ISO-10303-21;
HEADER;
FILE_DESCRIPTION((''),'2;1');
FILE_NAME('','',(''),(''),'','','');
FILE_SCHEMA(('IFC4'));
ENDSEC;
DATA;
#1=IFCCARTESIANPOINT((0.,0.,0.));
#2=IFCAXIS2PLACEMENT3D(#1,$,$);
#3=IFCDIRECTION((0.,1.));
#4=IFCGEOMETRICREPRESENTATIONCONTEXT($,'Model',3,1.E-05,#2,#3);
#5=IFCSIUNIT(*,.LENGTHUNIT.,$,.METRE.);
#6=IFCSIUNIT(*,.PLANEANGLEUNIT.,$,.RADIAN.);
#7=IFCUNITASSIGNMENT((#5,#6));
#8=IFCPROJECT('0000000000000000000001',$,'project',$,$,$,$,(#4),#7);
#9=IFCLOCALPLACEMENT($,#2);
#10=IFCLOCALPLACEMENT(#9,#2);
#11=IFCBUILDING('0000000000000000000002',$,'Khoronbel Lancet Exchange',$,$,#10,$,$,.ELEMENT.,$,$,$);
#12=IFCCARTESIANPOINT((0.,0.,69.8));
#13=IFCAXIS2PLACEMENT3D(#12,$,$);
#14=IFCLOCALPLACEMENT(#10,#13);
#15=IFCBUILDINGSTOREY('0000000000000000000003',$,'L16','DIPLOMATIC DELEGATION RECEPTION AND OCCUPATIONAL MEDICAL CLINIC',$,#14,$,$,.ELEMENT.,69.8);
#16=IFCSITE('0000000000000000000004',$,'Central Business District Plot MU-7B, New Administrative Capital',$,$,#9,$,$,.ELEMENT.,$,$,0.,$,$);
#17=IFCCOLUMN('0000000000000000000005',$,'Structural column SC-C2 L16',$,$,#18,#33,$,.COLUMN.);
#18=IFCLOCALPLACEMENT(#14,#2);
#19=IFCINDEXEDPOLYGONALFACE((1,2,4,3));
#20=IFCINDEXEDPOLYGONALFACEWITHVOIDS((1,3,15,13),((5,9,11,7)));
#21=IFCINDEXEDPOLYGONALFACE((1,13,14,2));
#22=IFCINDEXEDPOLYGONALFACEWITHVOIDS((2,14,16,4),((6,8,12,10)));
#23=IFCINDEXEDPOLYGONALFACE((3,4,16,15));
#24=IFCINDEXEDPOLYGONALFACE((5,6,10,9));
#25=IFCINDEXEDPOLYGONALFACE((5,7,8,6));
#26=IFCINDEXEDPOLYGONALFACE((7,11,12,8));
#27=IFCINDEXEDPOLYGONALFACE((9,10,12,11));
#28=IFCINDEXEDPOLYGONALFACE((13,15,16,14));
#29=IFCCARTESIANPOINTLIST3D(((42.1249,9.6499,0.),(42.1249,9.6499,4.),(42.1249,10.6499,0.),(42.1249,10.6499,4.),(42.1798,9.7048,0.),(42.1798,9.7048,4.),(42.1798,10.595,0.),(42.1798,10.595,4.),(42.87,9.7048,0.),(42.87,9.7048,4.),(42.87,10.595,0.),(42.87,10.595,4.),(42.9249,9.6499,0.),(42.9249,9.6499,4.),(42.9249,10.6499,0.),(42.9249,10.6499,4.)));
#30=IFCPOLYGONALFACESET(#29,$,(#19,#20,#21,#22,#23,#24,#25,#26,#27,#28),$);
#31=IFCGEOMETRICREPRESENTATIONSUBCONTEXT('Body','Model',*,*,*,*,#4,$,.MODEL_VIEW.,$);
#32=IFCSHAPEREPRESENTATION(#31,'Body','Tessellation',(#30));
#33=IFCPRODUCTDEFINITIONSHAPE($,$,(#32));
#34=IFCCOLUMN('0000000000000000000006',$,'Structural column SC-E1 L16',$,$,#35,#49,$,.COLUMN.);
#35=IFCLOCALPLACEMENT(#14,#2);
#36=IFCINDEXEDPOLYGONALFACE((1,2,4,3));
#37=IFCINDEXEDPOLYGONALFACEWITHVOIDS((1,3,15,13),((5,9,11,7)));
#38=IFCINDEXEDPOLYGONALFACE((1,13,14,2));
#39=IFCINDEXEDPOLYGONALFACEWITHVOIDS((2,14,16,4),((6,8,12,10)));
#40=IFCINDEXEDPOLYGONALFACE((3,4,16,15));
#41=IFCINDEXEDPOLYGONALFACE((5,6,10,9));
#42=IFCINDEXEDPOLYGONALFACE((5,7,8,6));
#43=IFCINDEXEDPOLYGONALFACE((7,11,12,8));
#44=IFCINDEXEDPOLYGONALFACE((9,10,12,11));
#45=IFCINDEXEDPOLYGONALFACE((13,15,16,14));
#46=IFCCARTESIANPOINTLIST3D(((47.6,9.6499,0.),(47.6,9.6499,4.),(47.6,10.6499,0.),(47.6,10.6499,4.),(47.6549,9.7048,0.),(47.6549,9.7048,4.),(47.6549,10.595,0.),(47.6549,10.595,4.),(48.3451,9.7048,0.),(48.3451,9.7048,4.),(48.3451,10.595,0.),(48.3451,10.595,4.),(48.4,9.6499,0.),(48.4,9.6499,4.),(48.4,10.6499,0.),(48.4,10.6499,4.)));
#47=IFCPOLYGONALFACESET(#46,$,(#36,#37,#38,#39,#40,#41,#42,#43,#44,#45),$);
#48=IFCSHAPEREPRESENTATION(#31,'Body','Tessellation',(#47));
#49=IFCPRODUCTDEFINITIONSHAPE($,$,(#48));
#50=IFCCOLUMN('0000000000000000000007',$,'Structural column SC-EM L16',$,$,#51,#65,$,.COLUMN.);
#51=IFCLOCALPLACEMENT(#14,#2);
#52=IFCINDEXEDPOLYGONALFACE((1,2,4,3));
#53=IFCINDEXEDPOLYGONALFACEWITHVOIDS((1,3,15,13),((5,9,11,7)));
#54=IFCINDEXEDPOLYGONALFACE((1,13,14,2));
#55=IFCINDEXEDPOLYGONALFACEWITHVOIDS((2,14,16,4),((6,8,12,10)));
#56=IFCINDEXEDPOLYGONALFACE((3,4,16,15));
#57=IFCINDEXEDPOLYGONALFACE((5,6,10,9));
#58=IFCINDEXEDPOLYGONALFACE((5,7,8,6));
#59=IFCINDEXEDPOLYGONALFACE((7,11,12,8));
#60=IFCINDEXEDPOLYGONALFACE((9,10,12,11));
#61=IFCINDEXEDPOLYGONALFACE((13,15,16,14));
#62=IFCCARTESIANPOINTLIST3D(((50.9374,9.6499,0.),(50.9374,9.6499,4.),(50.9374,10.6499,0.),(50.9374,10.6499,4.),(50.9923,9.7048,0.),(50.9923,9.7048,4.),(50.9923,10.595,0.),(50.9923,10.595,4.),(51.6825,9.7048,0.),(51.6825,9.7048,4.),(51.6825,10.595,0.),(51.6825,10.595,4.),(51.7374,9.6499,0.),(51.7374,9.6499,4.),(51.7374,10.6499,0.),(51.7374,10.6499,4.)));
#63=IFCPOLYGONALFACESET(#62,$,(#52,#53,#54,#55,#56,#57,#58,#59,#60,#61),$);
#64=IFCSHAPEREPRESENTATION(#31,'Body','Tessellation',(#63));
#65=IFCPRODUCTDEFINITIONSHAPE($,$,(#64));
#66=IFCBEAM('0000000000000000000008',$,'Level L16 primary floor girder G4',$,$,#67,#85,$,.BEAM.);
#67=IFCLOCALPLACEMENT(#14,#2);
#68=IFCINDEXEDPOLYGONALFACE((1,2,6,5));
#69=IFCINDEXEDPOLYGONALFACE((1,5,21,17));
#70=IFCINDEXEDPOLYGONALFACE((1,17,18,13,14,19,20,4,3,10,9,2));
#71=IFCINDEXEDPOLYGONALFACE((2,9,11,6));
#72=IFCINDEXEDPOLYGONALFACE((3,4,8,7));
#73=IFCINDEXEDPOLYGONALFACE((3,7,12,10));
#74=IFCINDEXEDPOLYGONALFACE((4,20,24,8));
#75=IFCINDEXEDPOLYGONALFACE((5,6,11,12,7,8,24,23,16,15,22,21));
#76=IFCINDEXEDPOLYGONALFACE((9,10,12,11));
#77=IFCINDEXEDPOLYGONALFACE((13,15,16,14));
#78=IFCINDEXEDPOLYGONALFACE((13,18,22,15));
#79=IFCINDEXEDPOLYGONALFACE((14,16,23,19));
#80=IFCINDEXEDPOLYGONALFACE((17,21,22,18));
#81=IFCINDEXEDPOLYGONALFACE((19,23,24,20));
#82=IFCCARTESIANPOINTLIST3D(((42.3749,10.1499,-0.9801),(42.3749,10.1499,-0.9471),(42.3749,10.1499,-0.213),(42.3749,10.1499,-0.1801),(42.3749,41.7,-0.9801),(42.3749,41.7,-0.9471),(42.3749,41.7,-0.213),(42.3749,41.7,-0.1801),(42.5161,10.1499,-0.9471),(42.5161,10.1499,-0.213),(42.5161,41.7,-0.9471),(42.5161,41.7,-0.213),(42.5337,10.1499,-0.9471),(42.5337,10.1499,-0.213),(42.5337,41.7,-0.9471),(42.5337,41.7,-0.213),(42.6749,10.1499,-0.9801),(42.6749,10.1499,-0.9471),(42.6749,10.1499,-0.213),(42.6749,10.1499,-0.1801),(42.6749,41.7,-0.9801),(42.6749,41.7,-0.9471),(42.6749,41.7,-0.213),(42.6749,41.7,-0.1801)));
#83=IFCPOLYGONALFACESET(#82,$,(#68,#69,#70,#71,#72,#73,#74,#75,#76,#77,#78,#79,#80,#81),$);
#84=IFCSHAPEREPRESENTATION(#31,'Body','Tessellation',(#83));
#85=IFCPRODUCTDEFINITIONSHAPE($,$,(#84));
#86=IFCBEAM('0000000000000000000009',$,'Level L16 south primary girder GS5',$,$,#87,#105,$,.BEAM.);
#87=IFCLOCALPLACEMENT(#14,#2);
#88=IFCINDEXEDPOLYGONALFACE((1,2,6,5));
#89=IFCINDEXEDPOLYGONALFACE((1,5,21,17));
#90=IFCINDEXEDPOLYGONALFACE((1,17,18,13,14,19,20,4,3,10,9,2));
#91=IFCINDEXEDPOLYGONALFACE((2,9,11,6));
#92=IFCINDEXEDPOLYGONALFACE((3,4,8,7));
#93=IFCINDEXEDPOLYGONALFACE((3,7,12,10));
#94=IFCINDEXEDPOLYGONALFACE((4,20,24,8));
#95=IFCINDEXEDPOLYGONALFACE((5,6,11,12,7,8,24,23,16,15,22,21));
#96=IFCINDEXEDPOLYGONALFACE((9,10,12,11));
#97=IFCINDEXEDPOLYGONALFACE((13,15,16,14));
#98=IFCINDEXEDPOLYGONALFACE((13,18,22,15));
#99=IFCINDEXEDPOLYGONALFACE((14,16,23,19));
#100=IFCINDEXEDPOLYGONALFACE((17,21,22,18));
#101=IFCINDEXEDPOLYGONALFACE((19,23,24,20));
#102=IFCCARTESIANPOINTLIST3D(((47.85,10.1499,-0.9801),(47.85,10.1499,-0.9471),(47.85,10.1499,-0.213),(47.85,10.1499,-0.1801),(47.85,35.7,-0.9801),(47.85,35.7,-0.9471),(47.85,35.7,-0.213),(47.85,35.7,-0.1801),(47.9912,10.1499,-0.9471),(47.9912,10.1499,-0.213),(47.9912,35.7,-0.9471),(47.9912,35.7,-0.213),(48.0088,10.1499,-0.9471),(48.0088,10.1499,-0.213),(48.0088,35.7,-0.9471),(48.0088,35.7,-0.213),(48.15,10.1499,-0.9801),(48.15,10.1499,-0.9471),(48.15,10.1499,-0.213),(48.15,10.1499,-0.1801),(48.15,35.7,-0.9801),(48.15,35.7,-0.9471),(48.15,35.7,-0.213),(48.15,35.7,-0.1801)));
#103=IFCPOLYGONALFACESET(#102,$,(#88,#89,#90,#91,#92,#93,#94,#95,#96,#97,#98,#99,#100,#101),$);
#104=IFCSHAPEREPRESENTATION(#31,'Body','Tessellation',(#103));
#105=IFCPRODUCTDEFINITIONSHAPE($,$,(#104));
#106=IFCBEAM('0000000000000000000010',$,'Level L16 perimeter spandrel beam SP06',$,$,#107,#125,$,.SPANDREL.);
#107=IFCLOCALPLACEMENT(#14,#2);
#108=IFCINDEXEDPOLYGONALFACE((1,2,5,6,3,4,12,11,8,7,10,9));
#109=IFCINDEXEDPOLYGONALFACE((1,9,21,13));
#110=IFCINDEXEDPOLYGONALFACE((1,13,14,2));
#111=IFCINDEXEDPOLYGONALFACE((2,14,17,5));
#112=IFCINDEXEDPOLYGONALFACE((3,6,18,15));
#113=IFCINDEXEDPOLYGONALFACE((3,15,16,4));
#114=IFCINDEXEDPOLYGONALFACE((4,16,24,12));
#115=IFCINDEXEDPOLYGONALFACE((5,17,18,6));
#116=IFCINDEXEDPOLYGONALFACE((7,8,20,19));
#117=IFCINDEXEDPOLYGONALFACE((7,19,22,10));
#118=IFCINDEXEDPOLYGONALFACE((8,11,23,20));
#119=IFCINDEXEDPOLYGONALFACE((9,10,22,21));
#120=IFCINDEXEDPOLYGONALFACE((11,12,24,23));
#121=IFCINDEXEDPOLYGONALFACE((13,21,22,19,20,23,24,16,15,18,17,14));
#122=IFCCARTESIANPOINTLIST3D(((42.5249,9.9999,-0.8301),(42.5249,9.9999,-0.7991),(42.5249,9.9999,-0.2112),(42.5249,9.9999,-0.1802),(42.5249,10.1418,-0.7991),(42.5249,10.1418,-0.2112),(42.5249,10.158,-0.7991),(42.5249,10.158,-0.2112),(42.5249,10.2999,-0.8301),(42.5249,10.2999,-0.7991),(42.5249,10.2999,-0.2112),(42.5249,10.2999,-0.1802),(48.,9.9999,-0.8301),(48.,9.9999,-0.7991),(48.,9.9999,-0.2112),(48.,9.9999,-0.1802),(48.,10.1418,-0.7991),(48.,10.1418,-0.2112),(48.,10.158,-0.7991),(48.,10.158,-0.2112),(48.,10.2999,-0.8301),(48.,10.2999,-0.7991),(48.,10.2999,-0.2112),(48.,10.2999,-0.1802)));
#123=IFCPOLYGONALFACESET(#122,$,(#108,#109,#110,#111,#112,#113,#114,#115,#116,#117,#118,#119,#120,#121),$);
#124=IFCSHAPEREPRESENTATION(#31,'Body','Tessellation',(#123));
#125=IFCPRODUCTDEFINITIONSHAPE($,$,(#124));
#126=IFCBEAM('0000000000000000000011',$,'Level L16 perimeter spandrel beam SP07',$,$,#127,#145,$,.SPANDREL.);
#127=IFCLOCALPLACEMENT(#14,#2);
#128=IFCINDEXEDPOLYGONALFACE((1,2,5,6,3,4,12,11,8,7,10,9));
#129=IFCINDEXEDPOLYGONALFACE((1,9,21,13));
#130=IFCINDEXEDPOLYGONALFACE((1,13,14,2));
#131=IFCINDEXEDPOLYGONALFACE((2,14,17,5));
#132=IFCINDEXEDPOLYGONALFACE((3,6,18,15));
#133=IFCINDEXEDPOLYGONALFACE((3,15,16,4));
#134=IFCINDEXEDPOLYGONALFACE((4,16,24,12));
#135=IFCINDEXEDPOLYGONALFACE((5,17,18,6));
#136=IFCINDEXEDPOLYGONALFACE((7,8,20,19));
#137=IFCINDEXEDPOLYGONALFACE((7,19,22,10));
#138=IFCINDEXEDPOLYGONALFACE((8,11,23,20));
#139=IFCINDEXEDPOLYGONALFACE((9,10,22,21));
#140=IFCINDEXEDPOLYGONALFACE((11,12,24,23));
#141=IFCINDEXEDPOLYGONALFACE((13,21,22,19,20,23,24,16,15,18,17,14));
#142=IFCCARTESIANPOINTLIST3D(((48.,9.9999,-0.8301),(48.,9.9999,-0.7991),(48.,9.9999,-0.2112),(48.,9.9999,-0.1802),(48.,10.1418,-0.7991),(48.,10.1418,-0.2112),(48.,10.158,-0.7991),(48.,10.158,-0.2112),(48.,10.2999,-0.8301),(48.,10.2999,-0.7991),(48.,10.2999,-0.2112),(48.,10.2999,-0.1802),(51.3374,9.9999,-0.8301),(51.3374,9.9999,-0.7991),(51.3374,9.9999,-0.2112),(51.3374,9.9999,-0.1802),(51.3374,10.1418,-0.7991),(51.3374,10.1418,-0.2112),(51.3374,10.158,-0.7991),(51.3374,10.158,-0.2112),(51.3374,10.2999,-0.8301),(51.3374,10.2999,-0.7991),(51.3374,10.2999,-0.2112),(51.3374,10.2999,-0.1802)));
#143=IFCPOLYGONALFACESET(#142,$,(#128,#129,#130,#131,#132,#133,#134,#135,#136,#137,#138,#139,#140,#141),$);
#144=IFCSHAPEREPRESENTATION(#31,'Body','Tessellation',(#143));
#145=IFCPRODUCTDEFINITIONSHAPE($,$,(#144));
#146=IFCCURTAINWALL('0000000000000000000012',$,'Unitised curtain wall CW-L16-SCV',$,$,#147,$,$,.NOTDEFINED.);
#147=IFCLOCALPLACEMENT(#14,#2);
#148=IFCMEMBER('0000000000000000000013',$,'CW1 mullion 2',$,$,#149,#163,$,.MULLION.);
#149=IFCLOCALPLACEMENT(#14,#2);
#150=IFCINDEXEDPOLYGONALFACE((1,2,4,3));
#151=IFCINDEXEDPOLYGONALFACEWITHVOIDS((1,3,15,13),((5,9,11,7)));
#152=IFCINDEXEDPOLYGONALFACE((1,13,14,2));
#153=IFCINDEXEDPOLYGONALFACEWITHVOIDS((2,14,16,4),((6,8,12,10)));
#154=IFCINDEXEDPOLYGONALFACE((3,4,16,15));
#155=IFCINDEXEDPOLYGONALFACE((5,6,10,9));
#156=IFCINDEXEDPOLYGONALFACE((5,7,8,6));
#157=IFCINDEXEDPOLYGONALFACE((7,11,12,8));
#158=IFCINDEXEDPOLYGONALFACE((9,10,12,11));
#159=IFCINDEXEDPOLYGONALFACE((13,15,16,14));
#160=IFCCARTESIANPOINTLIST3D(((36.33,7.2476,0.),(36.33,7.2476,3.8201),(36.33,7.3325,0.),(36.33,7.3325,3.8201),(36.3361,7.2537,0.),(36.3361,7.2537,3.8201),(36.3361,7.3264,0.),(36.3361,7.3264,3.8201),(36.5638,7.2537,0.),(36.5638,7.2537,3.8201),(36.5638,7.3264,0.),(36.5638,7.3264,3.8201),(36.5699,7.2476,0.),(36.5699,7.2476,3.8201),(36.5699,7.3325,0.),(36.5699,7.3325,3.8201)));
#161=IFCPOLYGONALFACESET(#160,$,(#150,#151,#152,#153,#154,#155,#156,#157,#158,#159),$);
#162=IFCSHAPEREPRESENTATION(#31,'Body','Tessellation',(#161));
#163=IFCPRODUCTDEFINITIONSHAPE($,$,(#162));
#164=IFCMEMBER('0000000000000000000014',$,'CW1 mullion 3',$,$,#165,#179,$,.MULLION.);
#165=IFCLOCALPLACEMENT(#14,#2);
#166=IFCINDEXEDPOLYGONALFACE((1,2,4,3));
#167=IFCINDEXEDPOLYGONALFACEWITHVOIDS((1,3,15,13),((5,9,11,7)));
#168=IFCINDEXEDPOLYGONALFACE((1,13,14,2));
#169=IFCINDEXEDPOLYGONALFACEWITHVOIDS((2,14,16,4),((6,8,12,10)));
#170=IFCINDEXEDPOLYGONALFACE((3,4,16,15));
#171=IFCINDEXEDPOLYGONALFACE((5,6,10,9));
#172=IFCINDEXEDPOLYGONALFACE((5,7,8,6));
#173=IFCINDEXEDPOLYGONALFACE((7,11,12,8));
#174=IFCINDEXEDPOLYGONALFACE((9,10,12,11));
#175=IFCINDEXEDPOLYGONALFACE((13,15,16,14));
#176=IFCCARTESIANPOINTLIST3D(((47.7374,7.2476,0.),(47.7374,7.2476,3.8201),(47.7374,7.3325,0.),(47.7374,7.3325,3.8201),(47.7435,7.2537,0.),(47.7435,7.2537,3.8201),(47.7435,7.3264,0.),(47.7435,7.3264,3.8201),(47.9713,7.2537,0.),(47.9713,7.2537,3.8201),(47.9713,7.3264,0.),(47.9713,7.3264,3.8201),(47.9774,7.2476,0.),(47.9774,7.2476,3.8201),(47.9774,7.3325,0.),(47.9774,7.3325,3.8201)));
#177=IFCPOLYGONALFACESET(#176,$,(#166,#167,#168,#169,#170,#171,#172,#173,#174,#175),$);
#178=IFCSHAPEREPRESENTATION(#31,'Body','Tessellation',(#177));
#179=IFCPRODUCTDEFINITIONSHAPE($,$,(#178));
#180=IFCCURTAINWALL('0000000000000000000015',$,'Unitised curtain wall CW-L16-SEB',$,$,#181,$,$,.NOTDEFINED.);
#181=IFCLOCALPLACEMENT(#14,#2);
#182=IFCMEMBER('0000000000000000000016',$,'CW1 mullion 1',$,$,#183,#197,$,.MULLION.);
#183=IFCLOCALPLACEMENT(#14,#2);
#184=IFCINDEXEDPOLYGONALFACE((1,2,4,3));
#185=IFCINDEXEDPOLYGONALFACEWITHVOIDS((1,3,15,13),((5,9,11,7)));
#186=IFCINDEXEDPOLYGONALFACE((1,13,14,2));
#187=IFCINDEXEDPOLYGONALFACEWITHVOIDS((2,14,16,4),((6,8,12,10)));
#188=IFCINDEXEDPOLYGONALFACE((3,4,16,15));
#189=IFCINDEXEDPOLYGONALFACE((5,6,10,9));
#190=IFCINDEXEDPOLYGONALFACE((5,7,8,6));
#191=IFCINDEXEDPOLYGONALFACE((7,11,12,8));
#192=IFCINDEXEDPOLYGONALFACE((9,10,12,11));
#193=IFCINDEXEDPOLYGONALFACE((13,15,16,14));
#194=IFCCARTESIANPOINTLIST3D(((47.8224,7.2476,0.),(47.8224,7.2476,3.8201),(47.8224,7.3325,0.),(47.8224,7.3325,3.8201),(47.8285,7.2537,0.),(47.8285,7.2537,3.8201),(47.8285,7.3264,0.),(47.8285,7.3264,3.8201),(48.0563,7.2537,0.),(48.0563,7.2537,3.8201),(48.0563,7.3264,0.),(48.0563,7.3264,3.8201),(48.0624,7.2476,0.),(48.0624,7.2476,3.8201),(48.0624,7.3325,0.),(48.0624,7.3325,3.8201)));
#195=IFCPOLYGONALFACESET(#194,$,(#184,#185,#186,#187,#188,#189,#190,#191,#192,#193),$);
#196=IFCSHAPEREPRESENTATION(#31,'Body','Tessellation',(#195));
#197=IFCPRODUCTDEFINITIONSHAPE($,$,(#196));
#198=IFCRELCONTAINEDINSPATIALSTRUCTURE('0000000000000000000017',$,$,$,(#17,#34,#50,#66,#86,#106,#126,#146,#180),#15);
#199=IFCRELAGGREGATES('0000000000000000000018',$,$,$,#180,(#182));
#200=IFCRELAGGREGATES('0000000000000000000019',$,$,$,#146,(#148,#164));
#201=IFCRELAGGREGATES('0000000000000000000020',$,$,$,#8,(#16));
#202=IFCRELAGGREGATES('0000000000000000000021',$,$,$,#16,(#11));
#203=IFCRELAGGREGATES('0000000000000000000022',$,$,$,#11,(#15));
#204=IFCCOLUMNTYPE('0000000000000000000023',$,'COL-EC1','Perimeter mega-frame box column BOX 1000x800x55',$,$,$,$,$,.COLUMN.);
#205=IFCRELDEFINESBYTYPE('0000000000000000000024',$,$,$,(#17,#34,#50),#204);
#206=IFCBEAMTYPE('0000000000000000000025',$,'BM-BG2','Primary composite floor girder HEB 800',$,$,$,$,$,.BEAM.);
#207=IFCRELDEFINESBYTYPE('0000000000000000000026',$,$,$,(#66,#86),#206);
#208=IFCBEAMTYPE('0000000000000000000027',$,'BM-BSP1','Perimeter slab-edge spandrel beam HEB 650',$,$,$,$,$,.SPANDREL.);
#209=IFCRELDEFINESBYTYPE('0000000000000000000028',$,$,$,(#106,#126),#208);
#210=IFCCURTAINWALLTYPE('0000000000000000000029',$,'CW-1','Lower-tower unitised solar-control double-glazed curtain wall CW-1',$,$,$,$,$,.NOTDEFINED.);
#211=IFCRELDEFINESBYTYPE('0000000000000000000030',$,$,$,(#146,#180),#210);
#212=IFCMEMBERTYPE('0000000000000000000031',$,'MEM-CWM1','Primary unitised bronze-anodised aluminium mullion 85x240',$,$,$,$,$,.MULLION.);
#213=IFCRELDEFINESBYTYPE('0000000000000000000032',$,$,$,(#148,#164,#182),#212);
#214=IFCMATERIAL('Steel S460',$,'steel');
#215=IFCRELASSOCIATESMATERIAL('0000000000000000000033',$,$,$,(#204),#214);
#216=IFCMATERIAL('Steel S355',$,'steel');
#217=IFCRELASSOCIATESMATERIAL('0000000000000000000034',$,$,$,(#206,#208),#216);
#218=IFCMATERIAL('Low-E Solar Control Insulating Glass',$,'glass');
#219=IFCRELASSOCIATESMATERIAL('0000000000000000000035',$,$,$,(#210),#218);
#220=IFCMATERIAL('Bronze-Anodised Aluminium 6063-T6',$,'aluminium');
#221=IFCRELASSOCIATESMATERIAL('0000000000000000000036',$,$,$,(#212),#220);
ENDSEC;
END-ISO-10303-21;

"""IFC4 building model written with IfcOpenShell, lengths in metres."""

from ifc_helpers import new_model, si_unit, direction, frame, origin, origin_2d, place, context, subcontext, project, spatial, hollow_rectangle, i_section, extrude, material, material_profile, profile_set, type_object, element, aggregate, save


model = new_model("IFC4")

# Units and contexts
model_context = context("Model", 3, precision=1e-05, world=origin(), true_north=direction((0.0, 1.0)))
body_context = subcontext(model_context, "Body", "Model", "MODEL_VIEW")
ifc_project = project(units=[si_unit("LENGTHUNIT", "METRE"), si_unit("PLANEANGLEUNIT", "RADIAN")], contexts=[model_context])

# Site, building, storey
site_placement = place(None, origin())
site = spatial("IfcSite", under=ifc_project, at=site_placement, Name="Central Business District Plot MU-7B, New Administrative Capital", CompositionType="ELEMENT", RefElevation=0.0)
building_placement = place(site_placement, origin())
building = spatial("IfcBuilding", under=site, at=building_placement, Name="Khoronbel Lancet Exchange", CompositionType="ELEMENT")
storey_placement = place(building_placement, frame((0.0, 0.0, 69.8)))
storey = spatial("IfcBuildingStorey", under=building, at=storey_placement, Name="L16", Description="DIPLOMATIC DELEGATION RECEPTION AND OCCUPATIONAL MEDICAL CLINIC", CompositionType="ELEMENT", Elevation=69.8)

# Columns
ifc_material_1 = material(Name="Steel S460", Category="steel")
ifc_material_profile_1 = material_profile(ifc_material_1, hollow_rectangle(XDim=0.8, YDim=1.0, WallThickness=0.0549, at=origin_2d()), Name="BOX 1000x800x55")
ifc_profile_set_1 = profile_set([ifc_material_profile_1], Name="Steel S460")
column_type = type_object("IfcColumnType", Name="COL-EC1", Description="Perimeter mega-frame box column BOX 1000x800x55", PredefinedType="COLUMN", material=ifc_profile_set_1)
for number, where, z_axis, x_axis, name in (
    (1, (42.5249, 10.1499, 0.0), (0.0, 0.0, 1.0), (1.0, 0.0, 0.0), "Structural column SC-C2 L16"),
    (2, (48.0, 10.1499, 0.0), (0.0, 0.0, 1.0), (1.0, 0.0, 0.0), "Structural column SC-E1 L16"),
    (3, (51.3374, 10.1499, 0.0), (0.0, 0.0, 1.0), (1.0, 0.0, 0.0), "Structural column SC-EM L16"),
):
    element("IfcColumn", number, at=place(storey_placement, frame(where, z_axis=z_axis, x_axis=x_axis)), inside=storey, type_object=column_type, Name=name, PredefinedType="COLUMN", context=body_context, shape_type="SweptSolid", body=[
        extrude(hollow_rectangle(XDim=0.8, YDim=1.0, WallThickness=0.0549, at=origin_2d()), origin(), (0.0, 0.0, 1.0), 4.0),
    ])

# Beams
ifc_material_2 = material(Name="Steel S355", Category="steel")
ifc_material_profile_2 = material_profile(ifc_material_2, i_section(OverallWidth=0.3, OverallDepth=0.8, WebThickness=0.0176, FlangeThickness=0.033, at=origin_2d()), Name="HEB 800")
ifc_profile_set_2 = profile_set([ifc_material_profile_2], Name="Steel S355")
beam_type_1 = type_object("IfcBeamType", Name="BM-BG2", Description="Primary composite floor girder HEB 800", PredefinedType="BEAM", material=ifc_profile_set_2)
beam_1_placement = place(storey_placement, frame((42.5249, 10.1499, -0.5801), z_axis=(0.0, 1.0, 0.0), x_axis=(-1.0, 0.0, 0.0)))
element("IfcBeam", 4, at=beam_1_placement, inside=storey, type_object=beam_type_1, Name="Level L16 primary floor girder G4", PredefinedType="BEAM", context=body_context, shape_type="SweptSolid", body=[
    extrude(i_section(OverallWidth=0.3, OverallDepth=0.8, WebThickness=0.0176, FlangeThickness=0.033, at=origin_2d()), origin(), (0.0, 0.0, 1.0), 31.55),
])
beam_2_placement = place(storey_placement, frame((48.0, 10.1499, -0.5801), z_axis=(0.0, 1.0, 0.0), x_axis=(-1.0, 0.0, 0.0)))
element("IfcBeam", 5, at=beam_2_placement, inside=storey, type_object=beam_type_1, Name="Level L16 south primary girder GS5", PredefinedType="BEAM", context=body_context, shape_type="SweptSolid", body=[
    extrude(i_section(OverallWidth=0.3, OverallDepth=0.8, WebThickness=0.0176, FlangeThickness=0.033, at=origin_2d()), origin(), (0.0, 0.0, 1.0), 25.55),
])
ifc_material_profile_3 = material_profile(ifc_material_2, i_section(OverallWidth=0.3, OverallDepth=0.6499, WebThickness=0.0161, FlangeThickness=0.031, at=origin_2d()), Name="HEB 650")
ifc_profile_set_3 = profile_set([ifc_material_profile_3], Name="Steel S355")
beam_type_2 = type_object("IfcBeamType", Name="BM-BSP1", Description="Perimeter slab-edge spandrel beam HEB 650", PredefinedType="SPANDREL", material=ifc_profile_set_3)
beam_3_placement = place(storey_placement, frame((42.5249, 10.1499, -0.5051), z_axis=(1.0, 0.0, 0.0), x_axis=(0.0, 1.0, 0.0)))
element("IfcBeam", 6, at=beam_3_placement, inside=storey, type_object=beam_type_2, Name="Level L16 perimeter spandrel beam SP06", PredefinedType="SPANDREL", context=body_context, shape_type="SweptSolid", body=[
    extrude(i_section(OverallWidth=0.3, OverallDepth=0.6499, WebThickness=0.0161, FlangeThickness=0.031, at=origin_2d()), origin(), (0.0, 0.0, 1.0), 5.4751),
])
beam_4_placement = place(storey_placement, frame((48.0, 10.1499, -0.5051), z_axis=(1.0, 0.0, 0.0), x_axis=(0.0, 1.0, 0.0)))
element("IfcBeam", 7, at=beam_4_placement, inside=storey, type_object=beam_type_2, Name="Level L16 perimeter spandrel beam SP07", PredefinedType="SPANDREL", context=body_context, shape_type="SweptSolid", body=[
    extrude(i_section(OverallWidth=0.3, OverallDepth=0.6499, WebThickness=0.0161, FlangeThickness=0.031, at=origin_2d()), origin(), (0.0, 0.0, 1.0), 3.3374),
])

# Curtain walls, members
ifc_material_3 = material(Name="Low-E Solar Control Insulating Glass", Category="glass")
curtain_wall_type = type_object("IfcCurtainWallType", Name="CW-1", Description="Lower-tower unitised solar-control double-glazed curtain wall CW-1", PredefinedType="NOTDEFINED", material=ifc_material_3)
curtain_wall_1_placement = place(storey_placement, origin())
curtain_wall_1 = element("IfcCurtainWall", 8, at=curtain_wall_1_placement, inside=storey, type_object=curtain_wall_type, Name="Unitised curtain wall CW-L16-SCV", PredefinedType="NOTDEFINED")
ifc_material_4 = material(Name="Bronze-Anodised Aluminium 6063-T6", Category="aluminium")
ifc_material_profile_4 = material_profile(ifc_material_4, hollow_rectangle(XDim=0.085, YDim=0.24, WallThickness=0.0061, at=origin_2d()), Name="ALU MULLION 85x240")
ifc_profile_set_4 = profile_set([ifc_material_profile_4], Name="Bronze-Anodised Aluminium 6063-T6")
member_type_1 = type_object("IfcMemberType", Name="MEM-CWM1", Description="Primary unitised bronze-anodised aluminium mullion 85x240", PredefinedType="MULLION", material=ifc_profile_set_4)
member_1_placement = place(storey_placement, frame((36.45, 7.29, 0.0), z_axis=(0.0, 0.0, 1.0), x_axis=(0.0, 1.0, 0.0)))
member_1 = element("IfcMember", 9, at=member_1_placement, type_object=member_type_1, Name="CW1 mullion 2", PredefinedType="MULLION", context=body_context, shape_type="SweptSolid", body=[
    extrude(hollow_rectangle(XDim=0.085, YDim=0.24, WallThickness=0.0061, at=origin_2d()), origin(), (0.0, 0.0, 1.0), 3.8201),
])
member_2_placement = place(storey_placement, frame((47.8574, 7.29, 0.0), z_axis=(0.0, 0.0, 1.0), x_axis=(0.0, 1.0, 0.0)))
member_2 = element("IfcMember", 10, at=member_2_placement, type_object=member_type_1, Name="CW1 mullion 3", PredefinedType="MULLION", context=body_context, shape_type="SweptSolid", body=[
    extrude(hollow_rectangle(XDim=0.085, YDim=0.24, WallThickness=0.0061, at=origin_2d()), origin(), (0.0, 0.0, 1.0), 3.8201),
])
curtain_wall_2_placement = place(storey_placement, origin())
curtain_wall_2 = element("IfcCurtainWall", 11, at=curtain_wall_2_placement, inside=storey, type_object=curtain_wall_type, Name="Unitised curtain wall CW-L16-SEB", PredefinedType="NOTDEFINED")
member_3_placement = place(storey_placement, frame((47.9424, 7.29, 0.0), z_axis=(0.0, 0.0, 1.0), x_axis=(0.0, 1.0, 0.0)))
member_3 = element("IfcMember", 12, at=member_3_placement, type_object=member_type_1, Name="CW1 mullion 1", PredefinedType="MULLION", context=body_context, shape_type="SweptSolid", body=[
    extrude(hollow_rectangle(XDim=0.085, YDim=0.24, WallThickness=0.0061, at=origin_2d()), origin(), (0.0, 0.0, 1.0), 3.8201),
])

aggregate(curtain_wall_2, [member_3])
aggregate(curtain_wall_1, [member_1, member_2])

save(model, "model.ifc")
